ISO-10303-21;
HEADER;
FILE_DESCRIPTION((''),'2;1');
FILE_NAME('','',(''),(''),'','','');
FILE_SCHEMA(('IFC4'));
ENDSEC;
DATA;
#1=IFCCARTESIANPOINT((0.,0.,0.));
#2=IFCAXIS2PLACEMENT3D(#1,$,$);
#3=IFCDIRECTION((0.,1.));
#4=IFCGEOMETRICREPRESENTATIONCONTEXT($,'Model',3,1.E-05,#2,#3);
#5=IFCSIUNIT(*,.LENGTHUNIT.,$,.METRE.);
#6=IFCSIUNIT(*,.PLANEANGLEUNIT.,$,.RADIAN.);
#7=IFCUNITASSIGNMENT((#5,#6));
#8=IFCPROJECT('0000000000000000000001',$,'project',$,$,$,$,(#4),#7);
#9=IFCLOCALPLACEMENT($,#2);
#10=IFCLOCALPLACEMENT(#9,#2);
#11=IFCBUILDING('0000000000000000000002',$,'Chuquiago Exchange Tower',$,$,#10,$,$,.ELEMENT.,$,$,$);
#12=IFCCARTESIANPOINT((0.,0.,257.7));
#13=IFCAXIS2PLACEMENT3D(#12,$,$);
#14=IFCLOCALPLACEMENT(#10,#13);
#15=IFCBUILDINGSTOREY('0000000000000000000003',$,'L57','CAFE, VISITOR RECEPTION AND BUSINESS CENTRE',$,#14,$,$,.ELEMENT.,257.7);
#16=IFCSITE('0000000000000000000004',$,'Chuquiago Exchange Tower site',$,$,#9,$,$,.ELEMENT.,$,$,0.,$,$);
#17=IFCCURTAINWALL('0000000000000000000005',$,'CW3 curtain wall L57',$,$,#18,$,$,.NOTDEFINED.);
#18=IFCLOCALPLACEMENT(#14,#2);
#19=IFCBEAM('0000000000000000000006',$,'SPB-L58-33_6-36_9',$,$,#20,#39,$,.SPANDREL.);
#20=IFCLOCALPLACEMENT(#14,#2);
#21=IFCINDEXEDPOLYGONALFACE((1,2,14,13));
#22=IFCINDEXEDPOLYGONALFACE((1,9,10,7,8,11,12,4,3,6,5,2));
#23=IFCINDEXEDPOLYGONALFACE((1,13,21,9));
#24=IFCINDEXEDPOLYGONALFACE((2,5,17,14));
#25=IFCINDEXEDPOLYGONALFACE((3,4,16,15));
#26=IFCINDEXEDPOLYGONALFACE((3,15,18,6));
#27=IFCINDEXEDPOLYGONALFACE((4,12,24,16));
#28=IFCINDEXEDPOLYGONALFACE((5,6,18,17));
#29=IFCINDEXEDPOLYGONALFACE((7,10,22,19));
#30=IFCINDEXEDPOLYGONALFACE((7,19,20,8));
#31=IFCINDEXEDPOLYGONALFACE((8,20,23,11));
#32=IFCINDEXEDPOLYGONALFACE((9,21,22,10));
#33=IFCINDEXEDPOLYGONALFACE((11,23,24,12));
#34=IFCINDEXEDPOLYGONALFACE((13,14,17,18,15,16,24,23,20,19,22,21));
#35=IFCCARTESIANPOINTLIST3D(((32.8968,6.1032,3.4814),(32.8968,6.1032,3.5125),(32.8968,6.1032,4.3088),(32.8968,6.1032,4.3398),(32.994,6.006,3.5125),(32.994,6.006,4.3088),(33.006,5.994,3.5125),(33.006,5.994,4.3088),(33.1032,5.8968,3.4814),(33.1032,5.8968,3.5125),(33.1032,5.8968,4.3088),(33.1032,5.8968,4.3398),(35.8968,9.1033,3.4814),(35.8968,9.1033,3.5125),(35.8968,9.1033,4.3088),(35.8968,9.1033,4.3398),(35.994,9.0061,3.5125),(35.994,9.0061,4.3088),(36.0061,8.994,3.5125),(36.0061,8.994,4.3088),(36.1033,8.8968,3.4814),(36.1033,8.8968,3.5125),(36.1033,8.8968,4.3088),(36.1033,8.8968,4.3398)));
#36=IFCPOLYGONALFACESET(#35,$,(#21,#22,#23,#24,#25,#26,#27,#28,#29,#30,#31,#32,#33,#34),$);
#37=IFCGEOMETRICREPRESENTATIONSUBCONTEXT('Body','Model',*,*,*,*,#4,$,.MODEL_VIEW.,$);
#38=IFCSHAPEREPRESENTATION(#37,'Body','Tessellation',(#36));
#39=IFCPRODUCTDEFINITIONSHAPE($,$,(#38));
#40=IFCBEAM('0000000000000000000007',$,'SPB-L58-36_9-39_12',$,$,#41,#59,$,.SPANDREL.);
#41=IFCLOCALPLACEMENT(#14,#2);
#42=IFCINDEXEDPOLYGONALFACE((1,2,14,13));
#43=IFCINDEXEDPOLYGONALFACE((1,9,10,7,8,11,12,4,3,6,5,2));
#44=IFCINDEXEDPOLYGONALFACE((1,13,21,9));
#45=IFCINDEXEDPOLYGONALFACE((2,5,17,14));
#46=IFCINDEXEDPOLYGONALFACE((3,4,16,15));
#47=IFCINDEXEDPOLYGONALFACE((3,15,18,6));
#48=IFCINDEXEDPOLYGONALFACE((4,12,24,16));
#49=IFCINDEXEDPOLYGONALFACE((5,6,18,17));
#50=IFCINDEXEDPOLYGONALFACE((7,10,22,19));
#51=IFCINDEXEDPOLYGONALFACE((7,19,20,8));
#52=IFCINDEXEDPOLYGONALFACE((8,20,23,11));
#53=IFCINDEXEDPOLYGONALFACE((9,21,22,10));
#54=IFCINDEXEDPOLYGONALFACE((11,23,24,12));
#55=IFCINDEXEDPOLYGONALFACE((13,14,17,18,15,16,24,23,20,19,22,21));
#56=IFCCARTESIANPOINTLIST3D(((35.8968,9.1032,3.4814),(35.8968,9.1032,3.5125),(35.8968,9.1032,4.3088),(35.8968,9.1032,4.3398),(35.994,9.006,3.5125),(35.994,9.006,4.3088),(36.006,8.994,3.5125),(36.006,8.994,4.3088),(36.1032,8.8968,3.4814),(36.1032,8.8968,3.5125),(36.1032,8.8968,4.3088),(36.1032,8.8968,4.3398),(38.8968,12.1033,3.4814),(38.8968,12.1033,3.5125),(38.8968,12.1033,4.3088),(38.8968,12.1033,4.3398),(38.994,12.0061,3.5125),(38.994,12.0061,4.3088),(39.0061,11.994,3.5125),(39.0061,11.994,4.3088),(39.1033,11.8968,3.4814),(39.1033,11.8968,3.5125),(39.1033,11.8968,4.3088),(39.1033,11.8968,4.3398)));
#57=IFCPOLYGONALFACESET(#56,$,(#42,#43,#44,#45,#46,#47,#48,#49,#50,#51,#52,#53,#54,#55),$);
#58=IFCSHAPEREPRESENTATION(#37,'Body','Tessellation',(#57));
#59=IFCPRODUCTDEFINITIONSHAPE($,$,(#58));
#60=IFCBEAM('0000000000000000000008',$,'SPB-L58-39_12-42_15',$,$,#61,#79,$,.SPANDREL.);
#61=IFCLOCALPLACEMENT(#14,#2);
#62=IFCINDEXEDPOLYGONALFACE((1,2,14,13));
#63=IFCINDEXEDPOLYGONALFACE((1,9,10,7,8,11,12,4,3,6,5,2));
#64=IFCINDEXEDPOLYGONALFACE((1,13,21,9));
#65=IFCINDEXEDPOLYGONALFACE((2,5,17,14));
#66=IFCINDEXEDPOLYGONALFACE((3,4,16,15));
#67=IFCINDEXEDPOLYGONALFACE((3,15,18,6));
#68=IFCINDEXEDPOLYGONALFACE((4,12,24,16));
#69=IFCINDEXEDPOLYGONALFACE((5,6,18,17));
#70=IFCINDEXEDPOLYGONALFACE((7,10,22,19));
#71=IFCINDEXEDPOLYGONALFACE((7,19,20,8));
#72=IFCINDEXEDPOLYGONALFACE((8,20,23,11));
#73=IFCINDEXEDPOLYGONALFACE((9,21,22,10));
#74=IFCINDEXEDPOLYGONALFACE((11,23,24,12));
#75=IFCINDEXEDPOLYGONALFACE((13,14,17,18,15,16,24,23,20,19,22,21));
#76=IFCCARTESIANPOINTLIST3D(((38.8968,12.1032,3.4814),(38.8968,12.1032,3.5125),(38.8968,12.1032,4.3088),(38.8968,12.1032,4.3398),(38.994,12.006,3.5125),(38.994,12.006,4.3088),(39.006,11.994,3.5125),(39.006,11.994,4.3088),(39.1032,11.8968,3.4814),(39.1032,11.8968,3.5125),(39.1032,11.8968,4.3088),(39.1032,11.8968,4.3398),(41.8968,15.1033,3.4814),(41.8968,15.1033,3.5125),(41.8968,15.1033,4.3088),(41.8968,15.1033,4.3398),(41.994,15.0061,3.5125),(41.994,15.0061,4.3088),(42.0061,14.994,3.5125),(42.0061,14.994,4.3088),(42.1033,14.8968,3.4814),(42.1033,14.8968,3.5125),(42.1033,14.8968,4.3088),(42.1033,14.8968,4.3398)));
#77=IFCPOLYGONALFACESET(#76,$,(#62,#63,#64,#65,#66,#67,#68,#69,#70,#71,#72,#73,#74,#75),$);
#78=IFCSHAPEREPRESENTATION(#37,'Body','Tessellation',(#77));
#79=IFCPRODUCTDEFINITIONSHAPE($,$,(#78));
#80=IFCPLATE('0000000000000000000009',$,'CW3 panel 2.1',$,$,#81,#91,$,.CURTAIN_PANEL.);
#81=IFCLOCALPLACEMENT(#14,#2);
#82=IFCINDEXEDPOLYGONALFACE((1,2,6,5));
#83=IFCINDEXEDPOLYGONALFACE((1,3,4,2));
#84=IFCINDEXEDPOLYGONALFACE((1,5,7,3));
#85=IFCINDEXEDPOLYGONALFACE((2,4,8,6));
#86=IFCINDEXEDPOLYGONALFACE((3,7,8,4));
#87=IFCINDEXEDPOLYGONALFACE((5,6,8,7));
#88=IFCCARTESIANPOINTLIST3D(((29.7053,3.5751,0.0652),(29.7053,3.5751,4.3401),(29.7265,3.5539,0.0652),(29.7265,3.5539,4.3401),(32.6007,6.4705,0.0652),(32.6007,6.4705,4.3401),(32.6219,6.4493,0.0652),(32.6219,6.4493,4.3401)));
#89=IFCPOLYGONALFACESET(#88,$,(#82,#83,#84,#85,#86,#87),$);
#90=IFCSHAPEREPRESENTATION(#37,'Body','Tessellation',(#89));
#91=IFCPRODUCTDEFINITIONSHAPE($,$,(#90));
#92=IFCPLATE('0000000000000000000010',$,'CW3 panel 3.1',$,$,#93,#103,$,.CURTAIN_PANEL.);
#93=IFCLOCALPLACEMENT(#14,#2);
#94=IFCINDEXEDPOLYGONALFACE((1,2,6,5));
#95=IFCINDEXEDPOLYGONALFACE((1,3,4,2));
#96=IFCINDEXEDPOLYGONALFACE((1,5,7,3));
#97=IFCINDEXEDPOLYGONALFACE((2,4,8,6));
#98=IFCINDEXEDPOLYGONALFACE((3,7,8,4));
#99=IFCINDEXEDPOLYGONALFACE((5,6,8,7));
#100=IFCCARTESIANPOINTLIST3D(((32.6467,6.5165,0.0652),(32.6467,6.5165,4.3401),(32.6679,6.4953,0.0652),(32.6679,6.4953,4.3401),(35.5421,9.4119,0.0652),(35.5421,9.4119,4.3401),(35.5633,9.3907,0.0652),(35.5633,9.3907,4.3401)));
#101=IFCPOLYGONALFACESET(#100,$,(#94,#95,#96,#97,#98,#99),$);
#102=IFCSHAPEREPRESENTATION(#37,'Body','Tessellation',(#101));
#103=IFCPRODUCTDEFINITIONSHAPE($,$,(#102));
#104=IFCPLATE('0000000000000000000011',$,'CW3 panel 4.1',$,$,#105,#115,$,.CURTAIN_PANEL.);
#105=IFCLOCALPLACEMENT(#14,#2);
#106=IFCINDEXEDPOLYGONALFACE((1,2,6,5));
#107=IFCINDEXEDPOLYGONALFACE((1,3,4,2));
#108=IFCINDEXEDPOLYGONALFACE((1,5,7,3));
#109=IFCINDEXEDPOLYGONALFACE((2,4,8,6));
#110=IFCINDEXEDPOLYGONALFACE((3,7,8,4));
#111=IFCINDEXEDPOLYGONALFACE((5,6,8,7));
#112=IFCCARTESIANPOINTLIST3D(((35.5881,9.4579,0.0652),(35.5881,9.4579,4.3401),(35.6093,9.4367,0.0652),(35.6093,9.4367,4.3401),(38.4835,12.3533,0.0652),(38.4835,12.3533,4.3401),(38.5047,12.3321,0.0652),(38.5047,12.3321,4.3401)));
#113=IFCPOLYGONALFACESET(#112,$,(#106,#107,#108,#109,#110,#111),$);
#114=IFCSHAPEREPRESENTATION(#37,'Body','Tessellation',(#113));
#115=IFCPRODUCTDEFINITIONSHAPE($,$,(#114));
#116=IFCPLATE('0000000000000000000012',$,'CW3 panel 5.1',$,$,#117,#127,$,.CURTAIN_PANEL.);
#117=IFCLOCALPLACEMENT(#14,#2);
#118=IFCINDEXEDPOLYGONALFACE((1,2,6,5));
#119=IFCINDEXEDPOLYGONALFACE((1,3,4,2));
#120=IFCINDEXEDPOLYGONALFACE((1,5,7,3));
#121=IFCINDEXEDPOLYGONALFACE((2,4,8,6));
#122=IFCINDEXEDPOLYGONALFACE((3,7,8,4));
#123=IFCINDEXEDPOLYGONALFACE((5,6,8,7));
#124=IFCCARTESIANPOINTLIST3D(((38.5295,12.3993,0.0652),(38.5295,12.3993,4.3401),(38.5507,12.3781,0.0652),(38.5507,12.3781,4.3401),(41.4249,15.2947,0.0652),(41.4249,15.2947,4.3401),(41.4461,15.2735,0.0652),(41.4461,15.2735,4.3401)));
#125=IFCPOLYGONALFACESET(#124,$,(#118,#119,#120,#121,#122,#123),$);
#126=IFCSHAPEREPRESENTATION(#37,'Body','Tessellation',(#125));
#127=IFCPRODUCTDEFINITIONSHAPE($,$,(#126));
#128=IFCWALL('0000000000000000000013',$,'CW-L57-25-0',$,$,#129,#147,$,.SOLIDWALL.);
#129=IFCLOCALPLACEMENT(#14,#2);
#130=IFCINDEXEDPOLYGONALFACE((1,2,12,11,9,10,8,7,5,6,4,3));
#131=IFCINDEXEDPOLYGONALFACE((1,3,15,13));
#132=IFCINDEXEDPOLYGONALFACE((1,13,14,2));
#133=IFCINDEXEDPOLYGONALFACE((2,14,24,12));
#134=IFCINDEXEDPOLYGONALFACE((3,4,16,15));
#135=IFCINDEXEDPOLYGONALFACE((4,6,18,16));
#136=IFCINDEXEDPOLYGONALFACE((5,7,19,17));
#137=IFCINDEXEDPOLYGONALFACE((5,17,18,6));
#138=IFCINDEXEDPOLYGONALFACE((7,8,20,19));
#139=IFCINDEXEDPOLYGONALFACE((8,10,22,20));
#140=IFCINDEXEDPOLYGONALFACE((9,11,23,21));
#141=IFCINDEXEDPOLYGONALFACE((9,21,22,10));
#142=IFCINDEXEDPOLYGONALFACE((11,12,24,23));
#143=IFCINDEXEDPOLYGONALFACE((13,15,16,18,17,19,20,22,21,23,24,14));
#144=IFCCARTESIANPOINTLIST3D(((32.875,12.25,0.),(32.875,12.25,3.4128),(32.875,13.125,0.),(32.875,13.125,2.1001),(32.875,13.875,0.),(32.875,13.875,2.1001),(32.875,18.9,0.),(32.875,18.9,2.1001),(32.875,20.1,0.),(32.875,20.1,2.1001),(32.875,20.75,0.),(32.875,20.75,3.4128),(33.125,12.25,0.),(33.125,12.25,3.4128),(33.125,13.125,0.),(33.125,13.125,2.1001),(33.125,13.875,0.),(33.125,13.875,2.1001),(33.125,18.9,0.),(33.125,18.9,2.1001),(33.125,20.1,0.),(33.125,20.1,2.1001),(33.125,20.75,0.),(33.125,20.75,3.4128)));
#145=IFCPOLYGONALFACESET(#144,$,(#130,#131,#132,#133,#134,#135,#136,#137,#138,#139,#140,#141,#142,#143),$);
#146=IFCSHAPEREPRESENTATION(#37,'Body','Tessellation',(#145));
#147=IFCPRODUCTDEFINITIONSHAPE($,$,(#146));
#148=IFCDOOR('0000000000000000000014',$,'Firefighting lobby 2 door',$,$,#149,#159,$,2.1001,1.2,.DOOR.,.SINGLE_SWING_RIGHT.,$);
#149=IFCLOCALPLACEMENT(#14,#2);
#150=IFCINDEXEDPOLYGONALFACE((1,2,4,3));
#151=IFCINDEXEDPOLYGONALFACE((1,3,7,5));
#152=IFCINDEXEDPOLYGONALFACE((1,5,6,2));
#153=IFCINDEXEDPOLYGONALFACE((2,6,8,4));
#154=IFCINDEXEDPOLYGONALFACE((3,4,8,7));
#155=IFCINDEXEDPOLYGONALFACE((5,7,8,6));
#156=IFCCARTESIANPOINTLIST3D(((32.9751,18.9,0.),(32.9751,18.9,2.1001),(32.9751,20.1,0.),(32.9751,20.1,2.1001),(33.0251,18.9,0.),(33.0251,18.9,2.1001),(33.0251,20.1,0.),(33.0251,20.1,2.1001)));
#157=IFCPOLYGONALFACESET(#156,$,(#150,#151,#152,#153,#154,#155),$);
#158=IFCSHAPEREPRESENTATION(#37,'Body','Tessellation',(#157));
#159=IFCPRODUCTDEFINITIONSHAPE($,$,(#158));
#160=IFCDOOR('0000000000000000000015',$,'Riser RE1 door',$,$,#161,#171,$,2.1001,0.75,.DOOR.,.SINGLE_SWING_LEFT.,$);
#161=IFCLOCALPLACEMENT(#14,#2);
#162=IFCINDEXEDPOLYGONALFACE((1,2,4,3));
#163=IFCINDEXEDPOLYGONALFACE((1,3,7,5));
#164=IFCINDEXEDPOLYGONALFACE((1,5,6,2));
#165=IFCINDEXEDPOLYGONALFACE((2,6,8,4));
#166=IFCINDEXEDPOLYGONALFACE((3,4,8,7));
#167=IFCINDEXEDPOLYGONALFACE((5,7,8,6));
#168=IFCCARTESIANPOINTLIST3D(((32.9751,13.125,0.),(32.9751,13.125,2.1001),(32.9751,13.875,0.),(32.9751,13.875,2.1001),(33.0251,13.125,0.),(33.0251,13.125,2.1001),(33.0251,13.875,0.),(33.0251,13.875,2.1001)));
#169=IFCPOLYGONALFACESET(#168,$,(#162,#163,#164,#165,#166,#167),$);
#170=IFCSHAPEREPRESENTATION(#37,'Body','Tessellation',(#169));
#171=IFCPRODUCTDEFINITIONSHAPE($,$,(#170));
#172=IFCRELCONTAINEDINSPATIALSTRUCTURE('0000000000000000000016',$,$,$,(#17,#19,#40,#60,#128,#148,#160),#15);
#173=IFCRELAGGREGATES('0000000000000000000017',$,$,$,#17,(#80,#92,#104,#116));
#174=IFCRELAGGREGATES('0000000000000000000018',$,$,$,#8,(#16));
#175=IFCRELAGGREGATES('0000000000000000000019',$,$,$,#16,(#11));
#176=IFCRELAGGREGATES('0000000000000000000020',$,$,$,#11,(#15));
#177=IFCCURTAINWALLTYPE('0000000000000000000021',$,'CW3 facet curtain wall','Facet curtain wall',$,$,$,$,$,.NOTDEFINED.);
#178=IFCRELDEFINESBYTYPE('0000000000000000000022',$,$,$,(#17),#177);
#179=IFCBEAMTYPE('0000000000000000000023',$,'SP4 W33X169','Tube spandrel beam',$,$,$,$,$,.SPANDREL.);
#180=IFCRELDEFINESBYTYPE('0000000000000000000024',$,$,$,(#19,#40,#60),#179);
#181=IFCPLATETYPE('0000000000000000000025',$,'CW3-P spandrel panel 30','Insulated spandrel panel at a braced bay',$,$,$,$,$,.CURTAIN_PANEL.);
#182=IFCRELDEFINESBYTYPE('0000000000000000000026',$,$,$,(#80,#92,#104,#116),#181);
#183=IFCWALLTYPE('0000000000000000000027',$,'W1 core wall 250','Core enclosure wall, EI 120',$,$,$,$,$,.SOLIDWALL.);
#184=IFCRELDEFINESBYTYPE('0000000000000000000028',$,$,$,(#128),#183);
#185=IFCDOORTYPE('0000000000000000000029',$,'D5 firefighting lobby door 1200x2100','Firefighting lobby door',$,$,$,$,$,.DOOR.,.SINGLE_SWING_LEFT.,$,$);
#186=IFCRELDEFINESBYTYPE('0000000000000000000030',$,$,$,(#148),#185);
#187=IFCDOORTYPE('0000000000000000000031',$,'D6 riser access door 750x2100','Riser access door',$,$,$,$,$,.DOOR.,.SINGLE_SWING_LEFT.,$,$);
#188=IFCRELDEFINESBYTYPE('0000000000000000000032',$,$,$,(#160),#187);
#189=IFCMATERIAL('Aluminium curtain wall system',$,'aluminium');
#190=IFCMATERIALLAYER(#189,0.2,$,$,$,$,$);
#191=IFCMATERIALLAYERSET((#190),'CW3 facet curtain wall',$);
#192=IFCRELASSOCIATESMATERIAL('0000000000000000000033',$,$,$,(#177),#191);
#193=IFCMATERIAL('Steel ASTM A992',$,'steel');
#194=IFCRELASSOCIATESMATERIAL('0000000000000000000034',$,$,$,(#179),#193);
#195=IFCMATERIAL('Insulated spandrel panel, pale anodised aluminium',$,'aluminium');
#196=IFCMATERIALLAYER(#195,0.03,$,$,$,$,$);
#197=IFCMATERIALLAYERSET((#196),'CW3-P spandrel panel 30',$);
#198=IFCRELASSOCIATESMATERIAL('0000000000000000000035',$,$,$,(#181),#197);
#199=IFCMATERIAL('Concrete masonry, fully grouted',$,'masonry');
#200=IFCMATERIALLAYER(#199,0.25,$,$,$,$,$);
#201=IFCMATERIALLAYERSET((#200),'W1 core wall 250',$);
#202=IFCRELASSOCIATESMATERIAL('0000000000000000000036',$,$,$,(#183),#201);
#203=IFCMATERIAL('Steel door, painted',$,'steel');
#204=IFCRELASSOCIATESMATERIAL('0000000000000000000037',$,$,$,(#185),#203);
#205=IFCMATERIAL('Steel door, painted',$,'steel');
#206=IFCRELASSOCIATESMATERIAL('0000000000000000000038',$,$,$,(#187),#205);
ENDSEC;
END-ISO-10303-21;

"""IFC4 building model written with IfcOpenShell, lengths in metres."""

from ifc_helpers import new_model, si_unit, direction, frame, frame_2d, origin, origin_2d, place, context, subcontext, project, spatial, rectangle, i_section, extrude, material, layer, layer_set, material_profile, profile_set, type_object, element, fill, aggregate, save


model = new_model("IFC4")

# Units and contexts
model_context = context("Model", 3, precision=1e-05, world=origin(), true_north=direction((0.0, 1.0)))
body_context = subcontext(model_context, "Body", "Model", "MODEL_VIEW")
ifc_project = project(units=[si_unit("LENGTHUNIT", "METRE"), si_unit("PLANEANGLEUNIT", "RADIAN")], contexts=[model_context])

# Site, building, storey
site_placement = place(None, origin())
site = spatial("IfcSite", under=ifc_project, at=site_placement, Name="Chuquiago Exchange Tower site", CompositionType="ELEMENT", RefElevation=0.0)
building_placement = place(site_placement, origin())
building = spatial("IfcBuilding", under=site, at=building_placement, Name="Chuquiago Exchange Tower", CompositionType="ELEMENT")
storey_placement = place(building_placement, frame((0.0, 0.0, 257.7)))
storey = spatial("IfcBuildingStorey", under=building, at=storey_placement, Name="L57", Description="CAFE, VISITOR RECEPTION AND BUSINESS CENTRE", CompositionType="ELEMENT", Elevation=257.7)

# Curtain wall
ifc_material_1 = material(Name="Aluminium curtain wall system", Category="aluminium")
ifc_layer_1 = layer(ifc_material_1, 0.2)
ifc_layer_set_1 = layer_set([ifc_layer_1], Name="CW3 facet curtain wall")
curtain_wall_type = type_object("IfcCurtainWallType", Name="CW3 facet curtain wall", Description="Facet curtain wall", PredefinedType="NOTDEFINED", material=ifc_layer_set_1)
curtain_wall_placement = place(storey_placement, origin())
curtain_wall = element("IfcCurtainWall", 1, at=curtain_wall_placement, inside=storey, type_object=curtain_wall_type, Name="CW3 curtain wall L57", PredefinedType="NOTDEFINED")

# Beams
ifc_material_2 = material(Name="Steel ASTM A992", Category="steel")
ifc_material_profile_1 = material_profile(ifc_material_2, i_section(OverallWidth=0.292, OverallDepth=0.8584, WebThickness=0.0171, FlangeThickness=0.031, at=origin_2d()), Name="W33X169")
ifc_profile_set_1 = profile_set([ifc_material_profile_1], Name="Steel ASTM A992")
beam_type_1 = type_object("IfcBeamType", Name="SP4 W33X169", Description="Tube spandrel beam", PredefinedType="SPANDREL", material=ifc_profile_set_1)
for number, where, z_axis, x_axis, name in (
    (2, (33.0, 6.0, 3.9106), (0.707107, 0.707107, 0.0), (-0.707107, 0.707107, 0.0), "SPB-L58-33_6-36_9"),
    (3, (36.0, 9.0, 3.9106), (0.707107, 0.707107, 0.0), (-0.707107, 0.707107, 0.0), "SPB-L58-36_9-39_12"),
    (4, (39.0, 12.0, 3.9106), (0.707107, 0.707107, 0.0), (-0.707107, 0.707107, 0.0), "SPB-L58-39_12-42_15"),
):
    element("IfcBeam", number, at=place(storey_placement, frame(where, z_axis=z_axis, x_axis=x_axis)), inside=storey, type_object=beam_type_1, Name=name, PredefinedType="SPANDREL", context=body_context, shape_type="SweptSolid", body=[
        extrude(i_section(OverallWidth=0.292, OverallDepth=0.8584, WebThickness=0.0171, FlangeThickness=0.031, at=origin_2d()), origin(), (0.0, 0.0, 1.0), 4.2427),
    ])

# Plates
ifc_material_3 = material(Name="Insulated spandrel panel, pale anodised aluminium", Category="aluminium")
ifc_layer_2 = layer(ifc_material_3, 0.03)
ifc_layer_set_2 = layer_set([ifc_layer_2], Name="CW3-P spandrel panel 30")
plate_type = type_object("IfcPlateType", Name="CW3-P spandrel panel 30", Description="Insulated spandrel panel at a braced bay", PredefinedType="CURTAIN_PANEL", material=ifc_layer_set_2)
plate_1_placement = place(storey_placement, frame((31.1636, 5.0122, 0.0652), z_axis=(0.0, 0.0, 1.0), x_axis=(0.707107, 0.707107, 0.0)))
plate_1 = element("IfcPlate", 5, at=plate_1_placement, type_object=plate_type, Name="CW3 panel 2.1", PredefinedType="CURTAIN_PANEL", context=body_context, shape_type="SweptSolid", body=[
    extrude(rectangle(XDim=4.0947, YDim=0.03, at=origin_2d()), origin(), (0.0, 0.0, 1.0), 4.2749),
])
plate_2_placement = place(storey_placement, frame((34.105, 7.9536, 0.0652), z_axis=(0.0, 0.0, 1.0), x_axis=(0.707107, 0.707107, 0.0)))
plate_2 = element("IfcPlate", 6, at=plate_2_placement, type_object=plate_type, Name="CW3 panel 3.1", PredefinedType="CURTAIN_PANEL", context=body_context, shape_type="SweptSolid", body=[
    extrude(rectangle(XDim=4.0947, YDim=0.03, at=origin_2d()), origin(), (0.0, 0.0, 1.0), 4.2749),
])
plate_3_placement = place(storey_placement, frame((37.0464, 10.895, 0.0652), z_axis=(0.0, 0.0, 1.0), x_axis=(0.707107, 0.707107, 0.0)))
plate_3 = element("IfcPlate", 7, at=plate_3_placement, type_object=plate_type, Name="CW3 panel 4.1", PredefinedType="CURTAIN_PANEL", context=body_context, shape_type="SweptSolid", body=[
    extrude(rectangle(XDim=4.0947, YDim=0.03, at=origin_2d()), origin(), (0.0, 0.0, 1.0), 4.2749),
])
plate_4_placement = place(storey_placement, frame((39.9878, 13.8364, 0.0652), z_axis=(0.0, 0.0, 1.0), x_axis=(0.707107, 0.707107, 0.0)))
plate_4 = element("IfcPlate", 8, at=plate_4_placement, type_object=plate_type, Name="CW3 panel 5.1", PredefinedType="CURTAIN_PANEL", context=body_context, shape_type="SweptSolid", body=[
    extrude(rectangle(XDim=4.0947, YDim=0.03, at=origin_2d()), origin(), (0.0, 0.0, 1.0), 4.2749),
])
aggregate(curtain_wall, [plate_1, plate_2, plate_3, plate_4])

# Wall, openings, doors
ifc_material_4 = material(Name="Concrete masonry, fully grouted", Category="masonry")
ifc_layer_3 = layer(ifc_material_4, 0.25)
ifc_layer_set_3 = layer_set([ifc_layer_3], Name="W1 core wall 250")
wall_type = type_object("IfcWallType", Name="W1 core wall 250", Description="Core enclosure wall, EI 120", PredefinedType="SOLIDWALL", material=ifc_layer_set_3)
wall_placement = place(storey_placement, frame((33.0, 12.25, 0.0), z_axis=(0.0, 0.0, 1.0), x_axis=(0.0, 1.0, 0.0)))
wall = element("IfcWall", 9, at=wall_placement, inside=storey, type_object=wall_type, Name="CW-L57-25-0", PredefinedType="SOLIDWALL", context=body_context, shape_type="SweptSolid", body=[
    extrude(rectangle(XDim=8.5, YDim=0.25, at=frame_2d((4.25, 0.0))), origin(), (0.0, 0.0, 1.0), 3.4128),
])
opening_1_placement = place(wall_placement, frame((6.6499, 0.0, 0.0)))
opening_1 = element("IfcOpeningElement", 10, at=opening_1_placement, cuts=wall, PredefinedType="OPENING", context=body_context, shape_type="SweptSolid", body=[
    extrude(rectangle(XDim=1.2, YDim=2.1001, at=frame_2d((0.6001, 1.05))), frame((0.0, 0.135, 0.0), z_axis=(0.0, -1.0, 0.0), x_axis=(1.0, 0.0, 0.0)), (0.0, 0.0, 1.0), 0.27),
])
opening_2_placement = place(wall_placement, frame((0.875, 0.0, 0.0)))
opening_2 = element("IfcOpeningElement", 11, at=opening_2_placement, cuts=wall, PredefinedType="OPENING", context=body_context, shape_type="SweptSolid", body=[
    extrude(rectangle(XDim=0.75, YDim=2.1001, at=frame_2d((0.375, 1.05))), frame((0.0, 0.135, 0.0), z_axis=(0.0, -1.0, 0.0), x_axis=(1.0, 0.0, 0.0)), (0.0, 0.0, 1.0), 0.27),
])
ifc_material_5 = material(Name="Steel door, painted", Category="steel")
door_type_1 = type_object("IfcDoorType", Name="D5 firefighting lobby door 1200x2100", Description="Firefighting lobby door", OperationType="SINGLE_SWING_LEFT", PredefinedType="DOOR", material=ifc_material_5)
door_1_placement = place(opening_1_placement, origin())
door_1 = element("IfcDoor", 12, at=door_1_placement, inside=storey, type_object=door_type_1, Name="Firefighting lobby 2 door", OperationType="SINGLE_SWING_RIGHT", OverallHeight=2.1001, OverallWidth=1.2, PredefinedType="DOOR", context=body_context, shape_type="SweptSolid", body=[
    extrude(rectangle(XDim=1.2, YDim=2.1001, at=frame_2d((0.6001, 1.05))), frame((0.0, 0.0249, 0.0), z_axis=(0.0, -1.0, 0.0), x_axis=(1.0, 0.0, 0.0)), (0.0, 0.0, 1.0), 0.05),
])
fill(opening_1, door_1)
ifc_material_6 = material(Name="Steel door, painted", Category="steel")
door_type_2 = type_object("IfcDoorType", Name="D6 riser access door 750x2100", Description="Riser access door", OperationType="SINGLE_SWING_LEFT", PredefinedType="DOOR", material=ifc_material_6)
door_2_placement = place(opening_2_placement, origin())
door_2 = element("IfcDoor", 13, at=door_2_placement, inside=storey, type_object=door_type_2, Name="Riser RE1 door", OperationType="SINGLE_SWING_LEFT", OverallHeight=2.1001, OverallWidth=0.75, PredefinedType="DOOR", context=body_context, shape_type="SweptSolid", body=[
    extrude(rectangle(XDim=0.75, YDim=2.1001, at=frame_2d((0.375, 1.05))), frame((0.0, 0.0249, 0.0), z_axis=(0.0, -1.0, 0.0), x_axis=(1.0, 0.0, 0.0)), (0.0, 0.0, 1.0), 0.05),
])
fill(opening_2, door_2)

save(model, "model.ifc")
